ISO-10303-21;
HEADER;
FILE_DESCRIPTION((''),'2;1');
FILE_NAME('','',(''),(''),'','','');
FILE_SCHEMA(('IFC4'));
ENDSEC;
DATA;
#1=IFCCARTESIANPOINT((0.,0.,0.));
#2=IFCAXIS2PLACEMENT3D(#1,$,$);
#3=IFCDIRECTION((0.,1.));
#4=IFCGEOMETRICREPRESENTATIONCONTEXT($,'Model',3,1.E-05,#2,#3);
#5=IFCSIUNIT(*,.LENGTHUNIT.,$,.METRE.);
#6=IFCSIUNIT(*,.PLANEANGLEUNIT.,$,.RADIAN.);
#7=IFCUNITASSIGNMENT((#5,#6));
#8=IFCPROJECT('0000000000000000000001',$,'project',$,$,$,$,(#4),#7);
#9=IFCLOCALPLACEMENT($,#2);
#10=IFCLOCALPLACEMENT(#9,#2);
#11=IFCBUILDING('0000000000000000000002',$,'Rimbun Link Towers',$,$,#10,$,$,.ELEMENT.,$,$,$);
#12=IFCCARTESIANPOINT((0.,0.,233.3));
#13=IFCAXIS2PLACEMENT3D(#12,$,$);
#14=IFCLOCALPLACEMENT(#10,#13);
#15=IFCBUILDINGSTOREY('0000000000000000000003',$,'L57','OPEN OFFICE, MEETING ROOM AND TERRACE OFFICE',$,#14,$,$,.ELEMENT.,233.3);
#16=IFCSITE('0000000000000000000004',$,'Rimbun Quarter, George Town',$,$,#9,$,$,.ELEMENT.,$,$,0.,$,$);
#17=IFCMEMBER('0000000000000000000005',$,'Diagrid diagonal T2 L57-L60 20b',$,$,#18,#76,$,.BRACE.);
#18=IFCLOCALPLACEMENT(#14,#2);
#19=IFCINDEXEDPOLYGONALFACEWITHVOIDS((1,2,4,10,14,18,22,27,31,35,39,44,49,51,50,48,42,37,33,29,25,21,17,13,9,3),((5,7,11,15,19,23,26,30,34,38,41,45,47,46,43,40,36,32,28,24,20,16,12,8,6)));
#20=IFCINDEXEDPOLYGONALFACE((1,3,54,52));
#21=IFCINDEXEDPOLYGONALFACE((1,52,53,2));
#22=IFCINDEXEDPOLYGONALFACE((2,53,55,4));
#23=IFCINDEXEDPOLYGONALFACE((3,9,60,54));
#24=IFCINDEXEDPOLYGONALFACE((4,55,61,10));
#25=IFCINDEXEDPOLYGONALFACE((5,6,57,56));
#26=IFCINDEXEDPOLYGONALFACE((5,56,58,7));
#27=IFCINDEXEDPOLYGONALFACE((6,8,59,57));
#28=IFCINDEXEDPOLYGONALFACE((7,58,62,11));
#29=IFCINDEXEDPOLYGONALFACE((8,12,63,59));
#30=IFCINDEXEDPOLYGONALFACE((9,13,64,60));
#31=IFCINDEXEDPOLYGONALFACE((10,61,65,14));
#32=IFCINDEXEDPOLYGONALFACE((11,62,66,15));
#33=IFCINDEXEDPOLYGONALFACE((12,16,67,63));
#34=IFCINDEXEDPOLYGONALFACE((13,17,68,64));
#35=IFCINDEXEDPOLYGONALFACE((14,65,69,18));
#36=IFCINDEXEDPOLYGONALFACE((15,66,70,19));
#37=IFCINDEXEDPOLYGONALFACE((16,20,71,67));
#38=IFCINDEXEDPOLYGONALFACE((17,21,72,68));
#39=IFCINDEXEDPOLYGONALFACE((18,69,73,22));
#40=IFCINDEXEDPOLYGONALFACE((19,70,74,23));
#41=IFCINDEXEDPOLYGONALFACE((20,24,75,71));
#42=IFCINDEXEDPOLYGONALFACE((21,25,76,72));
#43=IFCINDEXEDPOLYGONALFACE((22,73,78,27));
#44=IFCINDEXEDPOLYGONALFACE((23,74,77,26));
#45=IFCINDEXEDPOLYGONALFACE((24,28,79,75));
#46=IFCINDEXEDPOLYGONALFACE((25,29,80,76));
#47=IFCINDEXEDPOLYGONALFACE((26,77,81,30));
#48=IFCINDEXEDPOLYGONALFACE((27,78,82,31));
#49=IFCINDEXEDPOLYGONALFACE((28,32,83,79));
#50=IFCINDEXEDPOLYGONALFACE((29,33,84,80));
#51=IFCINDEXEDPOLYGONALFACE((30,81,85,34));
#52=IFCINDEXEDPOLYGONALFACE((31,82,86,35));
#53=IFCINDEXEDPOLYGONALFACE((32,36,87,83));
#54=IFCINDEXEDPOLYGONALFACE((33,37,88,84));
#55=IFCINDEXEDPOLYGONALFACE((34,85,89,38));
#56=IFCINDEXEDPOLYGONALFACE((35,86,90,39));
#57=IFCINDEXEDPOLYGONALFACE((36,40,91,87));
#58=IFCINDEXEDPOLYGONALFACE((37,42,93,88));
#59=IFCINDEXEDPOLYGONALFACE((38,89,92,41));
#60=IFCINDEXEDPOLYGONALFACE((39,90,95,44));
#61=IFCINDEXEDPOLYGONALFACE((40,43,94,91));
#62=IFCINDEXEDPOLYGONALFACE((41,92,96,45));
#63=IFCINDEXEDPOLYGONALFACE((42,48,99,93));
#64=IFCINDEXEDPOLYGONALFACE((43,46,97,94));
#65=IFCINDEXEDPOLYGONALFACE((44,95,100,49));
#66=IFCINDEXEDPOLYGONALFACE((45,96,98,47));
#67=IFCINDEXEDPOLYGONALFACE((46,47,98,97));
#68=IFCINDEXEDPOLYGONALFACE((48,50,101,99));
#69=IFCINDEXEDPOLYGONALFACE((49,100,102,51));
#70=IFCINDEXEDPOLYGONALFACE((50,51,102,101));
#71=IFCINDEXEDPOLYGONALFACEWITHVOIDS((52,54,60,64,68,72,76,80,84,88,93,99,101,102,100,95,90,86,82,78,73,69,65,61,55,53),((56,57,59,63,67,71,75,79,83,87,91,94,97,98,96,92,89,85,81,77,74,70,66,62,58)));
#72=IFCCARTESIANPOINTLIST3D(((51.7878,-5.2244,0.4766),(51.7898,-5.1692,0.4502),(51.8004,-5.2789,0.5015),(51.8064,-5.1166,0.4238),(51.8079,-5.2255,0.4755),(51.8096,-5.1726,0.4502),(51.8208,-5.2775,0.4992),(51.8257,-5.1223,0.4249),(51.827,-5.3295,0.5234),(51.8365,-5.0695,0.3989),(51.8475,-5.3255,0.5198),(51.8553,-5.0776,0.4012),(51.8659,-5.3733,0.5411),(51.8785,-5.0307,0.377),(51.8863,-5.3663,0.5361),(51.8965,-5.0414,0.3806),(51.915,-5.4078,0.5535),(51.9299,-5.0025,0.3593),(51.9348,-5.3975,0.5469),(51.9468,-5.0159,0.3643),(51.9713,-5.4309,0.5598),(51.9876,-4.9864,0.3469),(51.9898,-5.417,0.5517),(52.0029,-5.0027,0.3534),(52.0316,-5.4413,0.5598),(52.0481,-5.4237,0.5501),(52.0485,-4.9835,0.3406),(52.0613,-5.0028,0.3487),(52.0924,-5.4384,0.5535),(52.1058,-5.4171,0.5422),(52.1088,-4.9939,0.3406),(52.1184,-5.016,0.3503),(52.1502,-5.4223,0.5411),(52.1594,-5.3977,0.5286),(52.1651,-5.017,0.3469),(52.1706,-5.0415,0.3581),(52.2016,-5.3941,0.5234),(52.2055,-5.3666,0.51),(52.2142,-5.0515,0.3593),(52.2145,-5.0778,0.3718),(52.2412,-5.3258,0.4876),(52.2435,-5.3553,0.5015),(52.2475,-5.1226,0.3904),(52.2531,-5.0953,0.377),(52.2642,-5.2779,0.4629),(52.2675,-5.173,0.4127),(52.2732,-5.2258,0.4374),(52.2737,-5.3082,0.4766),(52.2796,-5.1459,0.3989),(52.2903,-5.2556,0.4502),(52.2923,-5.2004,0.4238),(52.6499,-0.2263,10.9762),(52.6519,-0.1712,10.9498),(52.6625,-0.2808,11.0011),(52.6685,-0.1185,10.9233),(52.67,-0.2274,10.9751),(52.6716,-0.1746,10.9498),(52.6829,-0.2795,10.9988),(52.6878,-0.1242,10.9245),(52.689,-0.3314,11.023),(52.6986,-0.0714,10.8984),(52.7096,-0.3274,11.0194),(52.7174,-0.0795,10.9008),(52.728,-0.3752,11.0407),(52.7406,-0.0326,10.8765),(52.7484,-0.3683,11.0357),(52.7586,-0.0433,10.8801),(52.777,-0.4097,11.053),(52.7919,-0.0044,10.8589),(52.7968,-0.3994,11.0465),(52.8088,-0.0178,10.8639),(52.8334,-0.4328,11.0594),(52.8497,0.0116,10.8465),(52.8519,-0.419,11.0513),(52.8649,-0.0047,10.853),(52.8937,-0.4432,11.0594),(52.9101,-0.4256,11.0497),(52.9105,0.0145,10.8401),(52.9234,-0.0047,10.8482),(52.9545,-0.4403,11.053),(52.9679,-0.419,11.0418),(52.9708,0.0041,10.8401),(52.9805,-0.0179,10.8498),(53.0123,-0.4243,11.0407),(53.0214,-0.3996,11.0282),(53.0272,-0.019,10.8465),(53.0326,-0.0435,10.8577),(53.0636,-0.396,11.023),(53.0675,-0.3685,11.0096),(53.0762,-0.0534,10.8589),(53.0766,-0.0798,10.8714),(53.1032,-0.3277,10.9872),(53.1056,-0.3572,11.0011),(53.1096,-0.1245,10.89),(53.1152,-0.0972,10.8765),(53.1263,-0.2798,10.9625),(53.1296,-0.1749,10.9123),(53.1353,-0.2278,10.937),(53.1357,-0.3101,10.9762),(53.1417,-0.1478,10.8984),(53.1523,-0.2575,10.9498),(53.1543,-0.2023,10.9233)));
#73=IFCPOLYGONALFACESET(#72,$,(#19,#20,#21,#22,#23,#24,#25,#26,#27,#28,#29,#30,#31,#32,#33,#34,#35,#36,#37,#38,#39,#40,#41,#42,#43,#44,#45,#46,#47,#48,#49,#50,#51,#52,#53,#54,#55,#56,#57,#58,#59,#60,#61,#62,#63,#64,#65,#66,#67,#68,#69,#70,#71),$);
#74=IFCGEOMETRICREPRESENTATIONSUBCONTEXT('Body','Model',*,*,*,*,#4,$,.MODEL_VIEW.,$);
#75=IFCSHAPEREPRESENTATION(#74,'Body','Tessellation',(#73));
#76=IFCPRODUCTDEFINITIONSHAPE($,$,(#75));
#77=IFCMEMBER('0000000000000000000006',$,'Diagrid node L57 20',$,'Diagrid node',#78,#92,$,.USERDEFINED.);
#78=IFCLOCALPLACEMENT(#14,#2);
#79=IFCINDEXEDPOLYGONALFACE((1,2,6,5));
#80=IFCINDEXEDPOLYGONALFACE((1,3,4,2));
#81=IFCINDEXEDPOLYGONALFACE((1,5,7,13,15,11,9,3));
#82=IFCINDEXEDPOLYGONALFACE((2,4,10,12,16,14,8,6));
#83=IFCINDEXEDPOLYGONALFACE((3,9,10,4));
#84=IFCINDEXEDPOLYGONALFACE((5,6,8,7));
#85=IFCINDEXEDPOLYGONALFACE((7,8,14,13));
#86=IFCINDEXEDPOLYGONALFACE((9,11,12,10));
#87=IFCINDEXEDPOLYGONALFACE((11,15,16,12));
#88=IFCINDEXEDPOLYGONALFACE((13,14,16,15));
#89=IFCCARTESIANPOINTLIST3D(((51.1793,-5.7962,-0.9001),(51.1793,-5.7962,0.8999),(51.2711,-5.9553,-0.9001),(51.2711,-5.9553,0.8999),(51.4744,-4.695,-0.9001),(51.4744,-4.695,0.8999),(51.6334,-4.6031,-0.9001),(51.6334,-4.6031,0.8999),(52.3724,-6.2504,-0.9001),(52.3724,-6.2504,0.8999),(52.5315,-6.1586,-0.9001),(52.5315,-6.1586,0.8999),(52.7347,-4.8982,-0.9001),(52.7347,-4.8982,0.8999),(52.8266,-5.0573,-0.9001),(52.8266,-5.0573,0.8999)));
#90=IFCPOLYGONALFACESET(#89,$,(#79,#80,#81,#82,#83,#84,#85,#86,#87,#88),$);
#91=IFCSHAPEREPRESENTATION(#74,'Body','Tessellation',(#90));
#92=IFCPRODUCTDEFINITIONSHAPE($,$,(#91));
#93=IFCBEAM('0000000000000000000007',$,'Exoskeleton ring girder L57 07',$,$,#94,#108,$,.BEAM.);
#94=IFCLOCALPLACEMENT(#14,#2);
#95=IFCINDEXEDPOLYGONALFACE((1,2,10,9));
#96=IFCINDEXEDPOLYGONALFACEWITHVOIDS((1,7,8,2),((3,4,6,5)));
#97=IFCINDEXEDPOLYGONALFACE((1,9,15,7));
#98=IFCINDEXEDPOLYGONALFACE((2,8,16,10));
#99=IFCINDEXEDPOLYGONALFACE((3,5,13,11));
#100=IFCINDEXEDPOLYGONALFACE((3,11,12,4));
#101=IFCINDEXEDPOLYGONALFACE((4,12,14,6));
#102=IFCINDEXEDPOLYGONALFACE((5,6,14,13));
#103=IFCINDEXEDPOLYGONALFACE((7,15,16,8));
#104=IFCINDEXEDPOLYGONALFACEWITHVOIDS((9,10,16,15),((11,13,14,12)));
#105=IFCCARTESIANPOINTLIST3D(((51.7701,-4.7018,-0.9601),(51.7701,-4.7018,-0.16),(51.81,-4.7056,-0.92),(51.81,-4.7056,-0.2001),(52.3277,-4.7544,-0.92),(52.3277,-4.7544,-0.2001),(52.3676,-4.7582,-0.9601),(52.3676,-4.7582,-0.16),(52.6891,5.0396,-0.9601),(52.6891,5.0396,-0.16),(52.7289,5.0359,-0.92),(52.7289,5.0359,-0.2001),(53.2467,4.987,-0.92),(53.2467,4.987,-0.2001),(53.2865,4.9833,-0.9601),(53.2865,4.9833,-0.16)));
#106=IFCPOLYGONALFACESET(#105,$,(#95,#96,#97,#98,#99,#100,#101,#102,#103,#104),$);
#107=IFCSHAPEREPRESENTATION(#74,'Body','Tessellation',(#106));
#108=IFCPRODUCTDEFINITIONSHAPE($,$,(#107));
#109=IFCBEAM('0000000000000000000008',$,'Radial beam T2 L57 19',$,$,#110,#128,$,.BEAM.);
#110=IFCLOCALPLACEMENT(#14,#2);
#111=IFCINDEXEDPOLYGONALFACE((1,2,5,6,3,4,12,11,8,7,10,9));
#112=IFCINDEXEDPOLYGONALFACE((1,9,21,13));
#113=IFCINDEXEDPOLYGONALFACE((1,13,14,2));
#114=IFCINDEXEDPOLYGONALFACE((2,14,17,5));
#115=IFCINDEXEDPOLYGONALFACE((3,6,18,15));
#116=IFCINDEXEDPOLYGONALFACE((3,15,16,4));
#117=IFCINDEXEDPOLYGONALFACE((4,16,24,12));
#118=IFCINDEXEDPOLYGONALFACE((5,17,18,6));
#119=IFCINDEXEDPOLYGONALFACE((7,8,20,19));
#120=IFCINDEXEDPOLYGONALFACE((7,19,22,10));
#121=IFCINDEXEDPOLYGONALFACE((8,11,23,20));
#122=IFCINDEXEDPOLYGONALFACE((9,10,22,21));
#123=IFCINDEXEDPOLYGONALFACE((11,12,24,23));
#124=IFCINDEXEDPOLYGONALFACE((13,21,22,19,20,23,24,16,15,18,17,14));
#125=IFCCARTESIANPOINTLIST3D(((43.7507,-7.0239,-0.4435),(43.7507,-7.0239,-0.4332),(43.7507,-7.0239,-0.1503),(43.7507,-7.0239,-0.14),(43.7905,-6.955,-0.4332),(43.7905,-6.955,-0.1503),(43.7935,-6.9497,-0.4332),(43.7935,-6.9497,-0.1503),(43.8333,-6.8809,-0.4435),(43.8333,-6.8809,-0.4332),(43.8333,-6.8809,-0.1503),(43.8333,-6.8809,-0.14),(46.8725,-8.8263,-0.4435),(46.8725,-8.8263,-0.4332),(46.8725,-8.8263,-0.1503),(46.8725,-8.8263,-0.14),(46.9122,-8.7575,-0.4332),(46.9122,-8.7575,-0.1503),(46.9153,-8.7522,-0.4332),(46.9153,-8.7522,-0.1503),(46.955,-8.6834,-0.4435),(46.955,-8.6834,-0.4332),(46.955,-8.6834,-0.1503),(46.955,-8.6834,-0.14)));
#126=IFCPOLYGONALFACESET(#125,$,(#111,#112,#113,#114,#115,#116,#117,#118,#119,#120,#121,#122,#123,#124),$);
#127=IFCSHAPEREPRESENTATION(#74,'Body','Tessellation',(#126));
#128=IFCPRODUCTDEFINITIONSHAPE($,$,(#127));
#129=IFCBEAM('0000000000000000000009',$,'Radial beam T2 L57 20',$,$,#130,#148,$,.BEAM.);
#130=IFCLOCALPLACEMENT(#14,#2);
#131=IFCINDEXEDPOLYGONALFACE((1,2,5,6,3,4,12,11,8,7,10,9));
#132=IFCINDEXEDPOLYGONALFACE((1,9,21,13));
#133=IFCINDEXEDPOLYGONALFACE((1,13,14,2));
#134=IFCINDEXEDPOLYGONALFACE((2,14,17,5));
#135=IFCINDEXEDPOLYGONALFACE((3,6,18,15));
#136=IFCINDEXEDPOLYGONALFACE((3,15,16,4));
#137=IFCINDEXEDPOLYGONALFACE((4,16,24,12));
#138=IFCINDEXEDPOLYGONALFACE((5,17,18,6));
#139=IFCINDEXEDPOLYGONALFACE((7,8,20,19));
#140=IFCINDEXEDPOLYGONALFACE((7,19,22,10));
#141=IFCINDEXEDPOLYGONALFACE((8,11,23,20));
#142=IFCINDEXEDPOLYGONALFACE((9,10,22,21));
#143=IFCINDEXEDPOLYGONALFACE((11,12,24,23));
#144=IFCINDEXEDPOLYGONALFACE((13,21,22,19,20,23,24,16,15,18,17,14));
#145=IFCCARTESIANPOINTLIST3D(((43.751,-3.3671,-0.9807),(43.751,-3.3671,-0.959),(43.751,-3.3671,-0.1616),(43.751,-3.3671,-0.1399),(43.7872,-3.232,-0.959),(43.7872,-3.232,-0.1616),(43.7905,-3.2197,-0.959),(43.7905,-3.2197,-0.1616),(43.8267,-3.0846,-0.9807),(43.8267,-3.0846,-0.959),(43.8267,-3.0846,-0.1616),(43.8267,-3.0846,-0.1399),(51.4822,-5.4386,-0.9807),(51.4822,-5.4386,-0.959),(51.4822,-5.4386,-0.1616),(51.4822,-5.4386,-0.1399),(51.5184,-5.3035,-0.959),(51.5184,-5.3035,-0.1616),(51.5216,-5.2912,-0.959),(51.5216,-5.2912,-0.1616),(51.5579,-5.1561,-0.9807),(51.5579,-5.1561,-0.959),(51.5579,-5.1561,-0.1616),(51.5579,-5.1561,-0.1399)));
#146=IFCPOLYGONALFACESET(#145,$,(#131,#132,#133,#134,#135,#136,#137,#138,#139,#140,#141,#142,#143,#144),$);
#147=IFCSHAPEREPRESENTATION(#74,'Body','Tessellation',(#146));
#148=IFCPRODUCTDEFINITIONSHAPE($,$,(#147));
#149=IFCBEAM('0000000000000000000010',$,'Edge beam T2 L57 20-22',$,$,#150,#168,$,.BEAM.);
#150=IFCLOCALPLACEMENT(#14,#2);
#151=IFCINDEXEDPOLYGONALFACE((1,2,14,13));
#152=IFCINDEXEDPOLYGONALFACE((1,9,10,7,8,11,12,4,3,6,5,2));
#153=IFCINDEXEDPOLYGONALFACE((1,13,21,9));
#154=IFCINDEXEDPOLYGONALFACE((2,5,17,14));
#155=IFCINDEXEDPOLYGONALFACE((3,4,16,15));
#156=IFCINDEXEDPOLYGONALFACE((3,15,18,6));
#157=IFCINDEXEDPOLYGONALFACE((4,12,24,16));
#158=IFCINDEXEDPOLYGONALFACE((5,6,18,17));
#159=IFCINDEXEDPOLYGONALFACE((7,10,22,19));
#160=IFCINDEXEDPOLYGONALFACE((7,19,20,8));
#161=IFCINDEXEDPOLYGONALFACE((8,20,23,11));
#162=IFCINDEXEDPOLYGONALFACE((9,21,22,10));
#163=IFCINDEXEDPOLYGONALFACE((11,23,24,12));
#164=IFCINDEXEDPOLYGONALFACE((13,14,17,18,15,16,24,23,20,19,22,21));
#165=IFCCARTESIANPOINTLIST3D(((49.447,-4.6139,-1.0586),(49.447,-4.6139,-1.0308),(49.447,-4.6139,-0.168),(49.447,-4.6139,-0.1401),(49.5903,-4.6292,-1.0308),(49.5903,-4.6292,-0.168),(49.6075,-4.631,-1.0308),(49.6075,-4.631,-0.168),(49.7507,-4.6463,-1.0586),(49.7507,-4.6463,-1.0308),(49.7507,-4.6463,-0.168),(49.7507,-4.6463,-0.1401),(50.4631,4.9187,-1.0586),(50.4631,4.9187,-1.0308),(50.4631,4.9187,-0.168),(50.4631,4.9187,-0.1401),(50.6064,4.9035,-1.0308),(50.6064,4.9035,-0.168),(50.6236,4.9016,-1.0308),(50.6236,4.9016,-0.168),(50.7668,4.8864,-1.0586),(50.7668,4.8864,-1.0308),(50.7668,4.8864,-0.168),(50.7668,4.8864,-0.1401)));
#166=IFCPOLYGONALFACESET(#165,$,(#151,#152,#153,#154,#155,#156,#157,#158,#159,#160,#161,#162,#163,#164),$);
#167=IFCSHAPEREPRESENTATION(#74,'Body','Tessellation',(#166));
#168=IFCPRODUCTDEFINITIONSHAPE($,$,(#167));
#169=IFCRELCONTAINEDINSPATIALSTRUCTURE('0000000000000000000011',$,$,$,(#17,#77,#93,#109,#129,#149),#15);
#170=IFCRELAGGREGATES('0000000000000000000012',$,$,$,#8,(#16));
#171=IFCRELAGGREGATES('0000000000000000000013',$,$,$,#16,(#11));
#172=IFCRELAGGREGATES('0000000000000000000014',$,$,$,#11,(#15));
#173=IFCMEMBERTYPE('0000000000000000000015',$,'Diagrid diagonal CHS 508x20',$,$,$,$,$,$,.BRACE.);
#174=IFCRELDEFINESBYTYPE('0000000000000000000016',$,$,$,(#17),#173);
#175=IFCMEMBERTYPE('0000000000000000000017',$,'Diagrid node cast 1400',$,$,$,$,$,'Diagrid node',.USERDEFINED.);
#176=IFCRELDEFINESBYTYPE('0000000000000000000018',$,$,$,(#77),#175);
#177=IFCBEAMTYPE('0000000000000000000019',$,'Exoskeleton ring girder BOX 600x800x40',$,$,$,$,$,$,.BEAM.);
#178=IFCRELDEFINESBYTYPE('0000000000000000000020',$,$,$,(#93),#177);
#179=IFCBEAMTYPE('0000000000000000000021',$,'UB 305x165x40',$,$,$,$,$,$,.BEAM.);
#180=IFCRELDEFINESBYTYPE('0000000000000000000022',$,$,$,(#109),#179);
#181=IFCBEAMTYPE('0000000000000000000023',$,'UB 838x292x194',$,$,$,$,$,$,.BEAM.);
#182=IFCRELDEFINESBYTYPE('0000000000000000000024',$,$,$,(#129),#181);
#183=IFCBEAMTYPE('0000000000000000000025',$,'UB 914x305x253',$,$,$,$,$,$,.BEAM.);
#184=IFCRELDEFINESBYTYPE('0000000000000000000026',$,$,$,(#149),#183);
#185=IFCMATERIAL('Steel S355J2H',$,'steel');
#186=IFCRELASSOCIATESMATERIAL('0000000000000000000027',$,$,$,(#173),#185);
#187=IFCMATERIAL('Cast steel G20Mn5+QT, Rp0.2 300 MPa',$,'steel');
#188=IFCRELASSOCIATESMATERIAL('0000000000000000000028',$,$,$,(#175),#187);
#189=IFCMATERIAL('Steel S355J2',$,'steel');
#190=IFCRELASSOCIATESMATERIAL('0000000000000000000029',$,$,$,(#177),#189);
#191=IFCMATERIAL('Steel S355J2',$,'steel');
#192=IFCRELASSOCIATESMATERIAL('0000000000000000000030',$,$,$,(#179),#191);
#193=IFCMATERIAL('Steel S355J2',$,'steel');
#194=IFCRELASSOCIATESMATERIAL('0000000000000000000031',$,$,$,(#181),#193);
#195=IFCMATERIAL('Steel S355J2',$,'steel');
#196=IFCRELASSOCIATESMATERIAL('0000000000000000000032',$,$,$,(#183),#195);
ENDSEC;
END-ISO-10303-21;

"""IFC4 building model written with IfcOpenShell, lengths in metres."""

from ifc_helpers import new_model, si_unit, direction, frame, origin, origin_2d, place, context, subcontext, project, spatial, polyline, hollow_rectangle, hollow_circle, i_section, outline, extrude, material, material_profile, profile_set, type_object, element, save


model = new_model("IFC4")

# Units and contexts
model_context = context("Model", 3, precision=1e-05, world=origin(), true_north=direction((0.0, 1.0)))
body_context = subcontext(model_context, "Body", "Model", "MODEL_VIEW")
ifc_project = project(units=[si_unit("LENGTHUNIT", "METRE"), si_unit("PLANEANGLEUNIT", "RADIAN")], contexts=[model_context])

# Site, building, storey
site_placement = place(None, origin())
site = spatial("IfcSite", under=ifc_project, at=site_placement, Name="Rimbun Quarter, George Town", CompositionType="ELEMENT", RefElevation=0.0)
building_placement = place(site_placement, origin())
building = spatial("IfcBuilding", under=site, at=building_placement, Name="Rimbun Link Towers", CompositionType="ELEMENT")
storey_placement = place(building_placement, frame((0.0, 0.0, 233.3)))
storey = spatial("IfcBuildingStorey", under=building, at=storey_placement, Name="L57", Description="OPEN OFFICE, MEETING ROOM AND TERRACE OFFICE", CompositionType="ELEMENT", Elevation=233.3)

# Members
ifc_material_1 = material(Name="Steel S355J2H", Category="steel")
ifc_material_profile_1 = material_profile(ifc_material_1, hollow_circle(Radius=0.2539, WallThickness=0.02, at=origin_2d()), Name="Diagrid diagonal CHS 508x20")
ifc_profile_set_1 = profile_set([ifc_material_profile_1], Name="Steel S355J2H")
member_type_1 = type_object("IfcMemberType", Name="Diagrid diagonal CHS 508x20", PredefinedType="BRACE", material=ifc_profile_set_1)
member_1_placement = place(storey_placement, frame((52.04, -5.2124, 0.4502), z_axis=(0.073931, 0.428637, 0.900447), x_axis=(-0.985449, 0.16997, 0.0)))
element("IfcMember", 1, at=member_1_placement, inside=storey, type_object=member_type_1, Name="Diagrid diagonal T2 L57-L60 20b", PredefinedType="BRACE", context=body_context, shape_type="SweptSolid", body=[
    extrude(hollow_circle(Radius=0.2539, WallThickness=0.02, at=origin_2d()), origin(), (0.0, 0.0, 1.0), 11.6604),
])
ifc_material_2 = material(Name="Cast steel G20Mn5+QT, Rp0.2 300 MPa", Category="steel")
ifc_material_profile_2 = material_profile(ifc_material_2, outline(polyline([(0.7, -0.5701), (0.7, 0.5701), (0.5701, 0.7), (-0.5701, 0.7), (-0.7, 0.5701), (-0.7, -0.5701), (-0.5701, -0.7), (0.5701, -0.7), (0.7, -0.5701)])), Name="NODE 1400x1400")
ifc_profile_set_2 = profile_set([ifc_material_profile_2], Name="Cast steel G20Mn5+QT, Rp0.2 300 MPa")
member_type_2 = type_object("IfcMemberType", Name="Diagrid node cast 1400", ElementType="Diagrid node", PredefinedType="USERDEFINED", material=ifc_profile_set_2)
member_2_placement = place(storey_placement, frame((52.0029, -5.4268, -0.9001), z_axis=(0.0, 0.0, 1.0), x_axis=(0.965926, -0.258819, 0.0)))
element("IfcMember", 2, at=member_2_placement, inside=storey, type_object=member_type_2, Name="Diagrid node L57 20", ObjectType="Diagrid node", PredefinedType="USERDEFINED", context=body_context, shape_type="SweptSolid", body=[
    extrude(outline(polyline([(0.7, -0.5701), (0.7, 0.5701), (0.5701, 0.7), (-0.5701, 0.7), (-0.7, 0.5701), (-0.7, -0.5701), (-0.5701, -0.7), (0.5701, -0.7), (0.7, -0.5701)])), origin(), (0.0, 0.0, 1.0), 1.8),
])

# Beams
ifc_material_3 = material(Name="Steel S355J2", Category="steel")
ifc_material_profile_3 = material_profile(ifc_material_3, hollow_rectangle(XDim=0.6001, YDim=0.8, WallThickness=0.04, at=origin_2d()), Name="Exoskeleton ring girder BOX 600x800x40")
ifc_profile_set_3 = profile_set([ifc_material_profile_3], Name="Steel S355J2")
beam_type_1 = type_object("IfcBeamType", Name="Exoskeleton ring girder BOX 600x800x40", PredefinedType="BEAM", material=ifc_profile_set_3)
beam_1_placement = place(storey_placement, frame((52.0688, -4.73, -0.5601), z_axis=(0.093917, 0.99558, 0.0), x_axis=(-0.99558, 0.093917, 0.0)))
element("IfcBeam", 3, at=beam_1_placement, inside=storey, type_object=beam_type_1, Name="Exoskeleton ring girder L57 07", PredefinedType="BEAM", context=body_context, shape_type="SweptSolid", body=[
    extrude(hollow_rectangle(XDim=0.6001, YDim=0.8, WallThickness=0.04, at=origin_2d()), origin(), (0.0, 0.0, 1.0), 9.7847),
])
ifc_material_4 = material(Name="Steel S355J2", Category="steel")
ifc_material_profile_4 = material_profile(ifc_material_4, i_section(OverallWidth=0.165, OverallDepth=0.3035, WebThickness=0.0061, FlangeThickness=0.0103, at=origin_2d()), Name="UB 305x165x40")
ifc_profile_set_4 = profile_set([ifc_material_profile_4], Name="Steel S355J2")
beam_type_2 = type_object("IfcBeamType", Name="UB 305x165x40", PredefinedType="BEAM", material=ifc_profile_set_4)
beam_2_placement = place(storey_placement, frame((43.792, -6.9524, -0.2917), z_axis=(0.866013, -0.500021, 0.0), x_axis=(0.500021, 0.866013, 0.0)))
element("IfcBeam", 4, at=beam_2_placement, inside=storey, type_object=beam_type_2, Name="Radial beam T2 L57 19", PredefinedType="BEAM", context=body_context, shape_type="SweptSolid", body=[
    extrude(i_section(OverallWidth=0.165, OverallDepth=0.3035, WebThickness=0.0061, FlangeThickness=0.0103, at=origin_2d()), origin(), (0.0, 0.0, 1.0), 3.6047),
])
ifc_material_5 = material(Name="Steel S355J2", Category="steel")
ifc_material_profile_5 = material_profile(ifc_material_5, i_section(OverallWidth=0.2925, OverallDepth=0.8408, WebThickness=0.0127, FlangeThickness=0.0217, at=origin_2d()), Name="UB 838x292x194")
ifc_profile_set_5 = profile_set([ifc_material_profile_5], Name="Steel S355J2")
beam_type_3 = type_object("IfcBeamType", Name="UB 838x292x194", PredefinedType="BEAM", material=ifc_profile_set_5)
beam_3_placement = place(storey_placement, frame((43.7888, -3.2258, -0.5603), z_axis=(0.965927, -0.258815, 0.0), x_axis=(0.258815, 0.965927, 0.0)))
element("IfcBeam", 5, at=beam_3_placement, inside=storey, type_object=beam_type_3, Name="Radial beam T2 L57 20", PredefinedType="BEAM", context=body_context, shape_type="SweptSolid", body=[
    extrude(i_section(OverallWidth=0.2925, OverallDepth=0.8408, WebThickness=0.0127, FlangeThickness=0.0217, at=origin_2d()), origin(), (0.0, 0.0, 1.0), 8.0039),
])
ifc_material_6 = material(Name="Steel S355J2", Category="steel")
ifc_material_profile_6 = material_profile(ifc_material_6, i_section(OverallWidth=0.3054, OverallDepth=0.9185, WebThickness=0.0173, FlangeThickness=0.0278, at=origin_2d()), Name="UB 914x305x253")
ifc_profile_set_6 = profile_set([ifc_material_profile_6], Name="Steel S355J2")
beam_type_4 = type_object("IfcBeamType", Name="UB 914x305x253", PredefinedType="BEAM", material=ifc_profile_set_6)
beam_4_placement = place(storey_placement, frame((49.5989, -4.6301, -0.5994), z_axis=(0.105992, 0.994367, 0.0), x_axis=(-0.994367, 0.105992, 0.0)))
element("IfcBeam", 6, at=beam_4_placement, inside=storey, type_object=beam_type_4, Name="Edge beam T2 L57 20-22", PredefinedType="BEAM", context=body_context, shape_type="SweptSolid", body=[
    extrude(i_section(OverallWidth=0.3054, OverallDepth=0.9185, WebThickness=0.0173, FlangeThickness=0.0278, at=origin_2d()), origin(), (0.0, 0.0, 1.0), 9.5867),
])

save(model, "model.ifc")
